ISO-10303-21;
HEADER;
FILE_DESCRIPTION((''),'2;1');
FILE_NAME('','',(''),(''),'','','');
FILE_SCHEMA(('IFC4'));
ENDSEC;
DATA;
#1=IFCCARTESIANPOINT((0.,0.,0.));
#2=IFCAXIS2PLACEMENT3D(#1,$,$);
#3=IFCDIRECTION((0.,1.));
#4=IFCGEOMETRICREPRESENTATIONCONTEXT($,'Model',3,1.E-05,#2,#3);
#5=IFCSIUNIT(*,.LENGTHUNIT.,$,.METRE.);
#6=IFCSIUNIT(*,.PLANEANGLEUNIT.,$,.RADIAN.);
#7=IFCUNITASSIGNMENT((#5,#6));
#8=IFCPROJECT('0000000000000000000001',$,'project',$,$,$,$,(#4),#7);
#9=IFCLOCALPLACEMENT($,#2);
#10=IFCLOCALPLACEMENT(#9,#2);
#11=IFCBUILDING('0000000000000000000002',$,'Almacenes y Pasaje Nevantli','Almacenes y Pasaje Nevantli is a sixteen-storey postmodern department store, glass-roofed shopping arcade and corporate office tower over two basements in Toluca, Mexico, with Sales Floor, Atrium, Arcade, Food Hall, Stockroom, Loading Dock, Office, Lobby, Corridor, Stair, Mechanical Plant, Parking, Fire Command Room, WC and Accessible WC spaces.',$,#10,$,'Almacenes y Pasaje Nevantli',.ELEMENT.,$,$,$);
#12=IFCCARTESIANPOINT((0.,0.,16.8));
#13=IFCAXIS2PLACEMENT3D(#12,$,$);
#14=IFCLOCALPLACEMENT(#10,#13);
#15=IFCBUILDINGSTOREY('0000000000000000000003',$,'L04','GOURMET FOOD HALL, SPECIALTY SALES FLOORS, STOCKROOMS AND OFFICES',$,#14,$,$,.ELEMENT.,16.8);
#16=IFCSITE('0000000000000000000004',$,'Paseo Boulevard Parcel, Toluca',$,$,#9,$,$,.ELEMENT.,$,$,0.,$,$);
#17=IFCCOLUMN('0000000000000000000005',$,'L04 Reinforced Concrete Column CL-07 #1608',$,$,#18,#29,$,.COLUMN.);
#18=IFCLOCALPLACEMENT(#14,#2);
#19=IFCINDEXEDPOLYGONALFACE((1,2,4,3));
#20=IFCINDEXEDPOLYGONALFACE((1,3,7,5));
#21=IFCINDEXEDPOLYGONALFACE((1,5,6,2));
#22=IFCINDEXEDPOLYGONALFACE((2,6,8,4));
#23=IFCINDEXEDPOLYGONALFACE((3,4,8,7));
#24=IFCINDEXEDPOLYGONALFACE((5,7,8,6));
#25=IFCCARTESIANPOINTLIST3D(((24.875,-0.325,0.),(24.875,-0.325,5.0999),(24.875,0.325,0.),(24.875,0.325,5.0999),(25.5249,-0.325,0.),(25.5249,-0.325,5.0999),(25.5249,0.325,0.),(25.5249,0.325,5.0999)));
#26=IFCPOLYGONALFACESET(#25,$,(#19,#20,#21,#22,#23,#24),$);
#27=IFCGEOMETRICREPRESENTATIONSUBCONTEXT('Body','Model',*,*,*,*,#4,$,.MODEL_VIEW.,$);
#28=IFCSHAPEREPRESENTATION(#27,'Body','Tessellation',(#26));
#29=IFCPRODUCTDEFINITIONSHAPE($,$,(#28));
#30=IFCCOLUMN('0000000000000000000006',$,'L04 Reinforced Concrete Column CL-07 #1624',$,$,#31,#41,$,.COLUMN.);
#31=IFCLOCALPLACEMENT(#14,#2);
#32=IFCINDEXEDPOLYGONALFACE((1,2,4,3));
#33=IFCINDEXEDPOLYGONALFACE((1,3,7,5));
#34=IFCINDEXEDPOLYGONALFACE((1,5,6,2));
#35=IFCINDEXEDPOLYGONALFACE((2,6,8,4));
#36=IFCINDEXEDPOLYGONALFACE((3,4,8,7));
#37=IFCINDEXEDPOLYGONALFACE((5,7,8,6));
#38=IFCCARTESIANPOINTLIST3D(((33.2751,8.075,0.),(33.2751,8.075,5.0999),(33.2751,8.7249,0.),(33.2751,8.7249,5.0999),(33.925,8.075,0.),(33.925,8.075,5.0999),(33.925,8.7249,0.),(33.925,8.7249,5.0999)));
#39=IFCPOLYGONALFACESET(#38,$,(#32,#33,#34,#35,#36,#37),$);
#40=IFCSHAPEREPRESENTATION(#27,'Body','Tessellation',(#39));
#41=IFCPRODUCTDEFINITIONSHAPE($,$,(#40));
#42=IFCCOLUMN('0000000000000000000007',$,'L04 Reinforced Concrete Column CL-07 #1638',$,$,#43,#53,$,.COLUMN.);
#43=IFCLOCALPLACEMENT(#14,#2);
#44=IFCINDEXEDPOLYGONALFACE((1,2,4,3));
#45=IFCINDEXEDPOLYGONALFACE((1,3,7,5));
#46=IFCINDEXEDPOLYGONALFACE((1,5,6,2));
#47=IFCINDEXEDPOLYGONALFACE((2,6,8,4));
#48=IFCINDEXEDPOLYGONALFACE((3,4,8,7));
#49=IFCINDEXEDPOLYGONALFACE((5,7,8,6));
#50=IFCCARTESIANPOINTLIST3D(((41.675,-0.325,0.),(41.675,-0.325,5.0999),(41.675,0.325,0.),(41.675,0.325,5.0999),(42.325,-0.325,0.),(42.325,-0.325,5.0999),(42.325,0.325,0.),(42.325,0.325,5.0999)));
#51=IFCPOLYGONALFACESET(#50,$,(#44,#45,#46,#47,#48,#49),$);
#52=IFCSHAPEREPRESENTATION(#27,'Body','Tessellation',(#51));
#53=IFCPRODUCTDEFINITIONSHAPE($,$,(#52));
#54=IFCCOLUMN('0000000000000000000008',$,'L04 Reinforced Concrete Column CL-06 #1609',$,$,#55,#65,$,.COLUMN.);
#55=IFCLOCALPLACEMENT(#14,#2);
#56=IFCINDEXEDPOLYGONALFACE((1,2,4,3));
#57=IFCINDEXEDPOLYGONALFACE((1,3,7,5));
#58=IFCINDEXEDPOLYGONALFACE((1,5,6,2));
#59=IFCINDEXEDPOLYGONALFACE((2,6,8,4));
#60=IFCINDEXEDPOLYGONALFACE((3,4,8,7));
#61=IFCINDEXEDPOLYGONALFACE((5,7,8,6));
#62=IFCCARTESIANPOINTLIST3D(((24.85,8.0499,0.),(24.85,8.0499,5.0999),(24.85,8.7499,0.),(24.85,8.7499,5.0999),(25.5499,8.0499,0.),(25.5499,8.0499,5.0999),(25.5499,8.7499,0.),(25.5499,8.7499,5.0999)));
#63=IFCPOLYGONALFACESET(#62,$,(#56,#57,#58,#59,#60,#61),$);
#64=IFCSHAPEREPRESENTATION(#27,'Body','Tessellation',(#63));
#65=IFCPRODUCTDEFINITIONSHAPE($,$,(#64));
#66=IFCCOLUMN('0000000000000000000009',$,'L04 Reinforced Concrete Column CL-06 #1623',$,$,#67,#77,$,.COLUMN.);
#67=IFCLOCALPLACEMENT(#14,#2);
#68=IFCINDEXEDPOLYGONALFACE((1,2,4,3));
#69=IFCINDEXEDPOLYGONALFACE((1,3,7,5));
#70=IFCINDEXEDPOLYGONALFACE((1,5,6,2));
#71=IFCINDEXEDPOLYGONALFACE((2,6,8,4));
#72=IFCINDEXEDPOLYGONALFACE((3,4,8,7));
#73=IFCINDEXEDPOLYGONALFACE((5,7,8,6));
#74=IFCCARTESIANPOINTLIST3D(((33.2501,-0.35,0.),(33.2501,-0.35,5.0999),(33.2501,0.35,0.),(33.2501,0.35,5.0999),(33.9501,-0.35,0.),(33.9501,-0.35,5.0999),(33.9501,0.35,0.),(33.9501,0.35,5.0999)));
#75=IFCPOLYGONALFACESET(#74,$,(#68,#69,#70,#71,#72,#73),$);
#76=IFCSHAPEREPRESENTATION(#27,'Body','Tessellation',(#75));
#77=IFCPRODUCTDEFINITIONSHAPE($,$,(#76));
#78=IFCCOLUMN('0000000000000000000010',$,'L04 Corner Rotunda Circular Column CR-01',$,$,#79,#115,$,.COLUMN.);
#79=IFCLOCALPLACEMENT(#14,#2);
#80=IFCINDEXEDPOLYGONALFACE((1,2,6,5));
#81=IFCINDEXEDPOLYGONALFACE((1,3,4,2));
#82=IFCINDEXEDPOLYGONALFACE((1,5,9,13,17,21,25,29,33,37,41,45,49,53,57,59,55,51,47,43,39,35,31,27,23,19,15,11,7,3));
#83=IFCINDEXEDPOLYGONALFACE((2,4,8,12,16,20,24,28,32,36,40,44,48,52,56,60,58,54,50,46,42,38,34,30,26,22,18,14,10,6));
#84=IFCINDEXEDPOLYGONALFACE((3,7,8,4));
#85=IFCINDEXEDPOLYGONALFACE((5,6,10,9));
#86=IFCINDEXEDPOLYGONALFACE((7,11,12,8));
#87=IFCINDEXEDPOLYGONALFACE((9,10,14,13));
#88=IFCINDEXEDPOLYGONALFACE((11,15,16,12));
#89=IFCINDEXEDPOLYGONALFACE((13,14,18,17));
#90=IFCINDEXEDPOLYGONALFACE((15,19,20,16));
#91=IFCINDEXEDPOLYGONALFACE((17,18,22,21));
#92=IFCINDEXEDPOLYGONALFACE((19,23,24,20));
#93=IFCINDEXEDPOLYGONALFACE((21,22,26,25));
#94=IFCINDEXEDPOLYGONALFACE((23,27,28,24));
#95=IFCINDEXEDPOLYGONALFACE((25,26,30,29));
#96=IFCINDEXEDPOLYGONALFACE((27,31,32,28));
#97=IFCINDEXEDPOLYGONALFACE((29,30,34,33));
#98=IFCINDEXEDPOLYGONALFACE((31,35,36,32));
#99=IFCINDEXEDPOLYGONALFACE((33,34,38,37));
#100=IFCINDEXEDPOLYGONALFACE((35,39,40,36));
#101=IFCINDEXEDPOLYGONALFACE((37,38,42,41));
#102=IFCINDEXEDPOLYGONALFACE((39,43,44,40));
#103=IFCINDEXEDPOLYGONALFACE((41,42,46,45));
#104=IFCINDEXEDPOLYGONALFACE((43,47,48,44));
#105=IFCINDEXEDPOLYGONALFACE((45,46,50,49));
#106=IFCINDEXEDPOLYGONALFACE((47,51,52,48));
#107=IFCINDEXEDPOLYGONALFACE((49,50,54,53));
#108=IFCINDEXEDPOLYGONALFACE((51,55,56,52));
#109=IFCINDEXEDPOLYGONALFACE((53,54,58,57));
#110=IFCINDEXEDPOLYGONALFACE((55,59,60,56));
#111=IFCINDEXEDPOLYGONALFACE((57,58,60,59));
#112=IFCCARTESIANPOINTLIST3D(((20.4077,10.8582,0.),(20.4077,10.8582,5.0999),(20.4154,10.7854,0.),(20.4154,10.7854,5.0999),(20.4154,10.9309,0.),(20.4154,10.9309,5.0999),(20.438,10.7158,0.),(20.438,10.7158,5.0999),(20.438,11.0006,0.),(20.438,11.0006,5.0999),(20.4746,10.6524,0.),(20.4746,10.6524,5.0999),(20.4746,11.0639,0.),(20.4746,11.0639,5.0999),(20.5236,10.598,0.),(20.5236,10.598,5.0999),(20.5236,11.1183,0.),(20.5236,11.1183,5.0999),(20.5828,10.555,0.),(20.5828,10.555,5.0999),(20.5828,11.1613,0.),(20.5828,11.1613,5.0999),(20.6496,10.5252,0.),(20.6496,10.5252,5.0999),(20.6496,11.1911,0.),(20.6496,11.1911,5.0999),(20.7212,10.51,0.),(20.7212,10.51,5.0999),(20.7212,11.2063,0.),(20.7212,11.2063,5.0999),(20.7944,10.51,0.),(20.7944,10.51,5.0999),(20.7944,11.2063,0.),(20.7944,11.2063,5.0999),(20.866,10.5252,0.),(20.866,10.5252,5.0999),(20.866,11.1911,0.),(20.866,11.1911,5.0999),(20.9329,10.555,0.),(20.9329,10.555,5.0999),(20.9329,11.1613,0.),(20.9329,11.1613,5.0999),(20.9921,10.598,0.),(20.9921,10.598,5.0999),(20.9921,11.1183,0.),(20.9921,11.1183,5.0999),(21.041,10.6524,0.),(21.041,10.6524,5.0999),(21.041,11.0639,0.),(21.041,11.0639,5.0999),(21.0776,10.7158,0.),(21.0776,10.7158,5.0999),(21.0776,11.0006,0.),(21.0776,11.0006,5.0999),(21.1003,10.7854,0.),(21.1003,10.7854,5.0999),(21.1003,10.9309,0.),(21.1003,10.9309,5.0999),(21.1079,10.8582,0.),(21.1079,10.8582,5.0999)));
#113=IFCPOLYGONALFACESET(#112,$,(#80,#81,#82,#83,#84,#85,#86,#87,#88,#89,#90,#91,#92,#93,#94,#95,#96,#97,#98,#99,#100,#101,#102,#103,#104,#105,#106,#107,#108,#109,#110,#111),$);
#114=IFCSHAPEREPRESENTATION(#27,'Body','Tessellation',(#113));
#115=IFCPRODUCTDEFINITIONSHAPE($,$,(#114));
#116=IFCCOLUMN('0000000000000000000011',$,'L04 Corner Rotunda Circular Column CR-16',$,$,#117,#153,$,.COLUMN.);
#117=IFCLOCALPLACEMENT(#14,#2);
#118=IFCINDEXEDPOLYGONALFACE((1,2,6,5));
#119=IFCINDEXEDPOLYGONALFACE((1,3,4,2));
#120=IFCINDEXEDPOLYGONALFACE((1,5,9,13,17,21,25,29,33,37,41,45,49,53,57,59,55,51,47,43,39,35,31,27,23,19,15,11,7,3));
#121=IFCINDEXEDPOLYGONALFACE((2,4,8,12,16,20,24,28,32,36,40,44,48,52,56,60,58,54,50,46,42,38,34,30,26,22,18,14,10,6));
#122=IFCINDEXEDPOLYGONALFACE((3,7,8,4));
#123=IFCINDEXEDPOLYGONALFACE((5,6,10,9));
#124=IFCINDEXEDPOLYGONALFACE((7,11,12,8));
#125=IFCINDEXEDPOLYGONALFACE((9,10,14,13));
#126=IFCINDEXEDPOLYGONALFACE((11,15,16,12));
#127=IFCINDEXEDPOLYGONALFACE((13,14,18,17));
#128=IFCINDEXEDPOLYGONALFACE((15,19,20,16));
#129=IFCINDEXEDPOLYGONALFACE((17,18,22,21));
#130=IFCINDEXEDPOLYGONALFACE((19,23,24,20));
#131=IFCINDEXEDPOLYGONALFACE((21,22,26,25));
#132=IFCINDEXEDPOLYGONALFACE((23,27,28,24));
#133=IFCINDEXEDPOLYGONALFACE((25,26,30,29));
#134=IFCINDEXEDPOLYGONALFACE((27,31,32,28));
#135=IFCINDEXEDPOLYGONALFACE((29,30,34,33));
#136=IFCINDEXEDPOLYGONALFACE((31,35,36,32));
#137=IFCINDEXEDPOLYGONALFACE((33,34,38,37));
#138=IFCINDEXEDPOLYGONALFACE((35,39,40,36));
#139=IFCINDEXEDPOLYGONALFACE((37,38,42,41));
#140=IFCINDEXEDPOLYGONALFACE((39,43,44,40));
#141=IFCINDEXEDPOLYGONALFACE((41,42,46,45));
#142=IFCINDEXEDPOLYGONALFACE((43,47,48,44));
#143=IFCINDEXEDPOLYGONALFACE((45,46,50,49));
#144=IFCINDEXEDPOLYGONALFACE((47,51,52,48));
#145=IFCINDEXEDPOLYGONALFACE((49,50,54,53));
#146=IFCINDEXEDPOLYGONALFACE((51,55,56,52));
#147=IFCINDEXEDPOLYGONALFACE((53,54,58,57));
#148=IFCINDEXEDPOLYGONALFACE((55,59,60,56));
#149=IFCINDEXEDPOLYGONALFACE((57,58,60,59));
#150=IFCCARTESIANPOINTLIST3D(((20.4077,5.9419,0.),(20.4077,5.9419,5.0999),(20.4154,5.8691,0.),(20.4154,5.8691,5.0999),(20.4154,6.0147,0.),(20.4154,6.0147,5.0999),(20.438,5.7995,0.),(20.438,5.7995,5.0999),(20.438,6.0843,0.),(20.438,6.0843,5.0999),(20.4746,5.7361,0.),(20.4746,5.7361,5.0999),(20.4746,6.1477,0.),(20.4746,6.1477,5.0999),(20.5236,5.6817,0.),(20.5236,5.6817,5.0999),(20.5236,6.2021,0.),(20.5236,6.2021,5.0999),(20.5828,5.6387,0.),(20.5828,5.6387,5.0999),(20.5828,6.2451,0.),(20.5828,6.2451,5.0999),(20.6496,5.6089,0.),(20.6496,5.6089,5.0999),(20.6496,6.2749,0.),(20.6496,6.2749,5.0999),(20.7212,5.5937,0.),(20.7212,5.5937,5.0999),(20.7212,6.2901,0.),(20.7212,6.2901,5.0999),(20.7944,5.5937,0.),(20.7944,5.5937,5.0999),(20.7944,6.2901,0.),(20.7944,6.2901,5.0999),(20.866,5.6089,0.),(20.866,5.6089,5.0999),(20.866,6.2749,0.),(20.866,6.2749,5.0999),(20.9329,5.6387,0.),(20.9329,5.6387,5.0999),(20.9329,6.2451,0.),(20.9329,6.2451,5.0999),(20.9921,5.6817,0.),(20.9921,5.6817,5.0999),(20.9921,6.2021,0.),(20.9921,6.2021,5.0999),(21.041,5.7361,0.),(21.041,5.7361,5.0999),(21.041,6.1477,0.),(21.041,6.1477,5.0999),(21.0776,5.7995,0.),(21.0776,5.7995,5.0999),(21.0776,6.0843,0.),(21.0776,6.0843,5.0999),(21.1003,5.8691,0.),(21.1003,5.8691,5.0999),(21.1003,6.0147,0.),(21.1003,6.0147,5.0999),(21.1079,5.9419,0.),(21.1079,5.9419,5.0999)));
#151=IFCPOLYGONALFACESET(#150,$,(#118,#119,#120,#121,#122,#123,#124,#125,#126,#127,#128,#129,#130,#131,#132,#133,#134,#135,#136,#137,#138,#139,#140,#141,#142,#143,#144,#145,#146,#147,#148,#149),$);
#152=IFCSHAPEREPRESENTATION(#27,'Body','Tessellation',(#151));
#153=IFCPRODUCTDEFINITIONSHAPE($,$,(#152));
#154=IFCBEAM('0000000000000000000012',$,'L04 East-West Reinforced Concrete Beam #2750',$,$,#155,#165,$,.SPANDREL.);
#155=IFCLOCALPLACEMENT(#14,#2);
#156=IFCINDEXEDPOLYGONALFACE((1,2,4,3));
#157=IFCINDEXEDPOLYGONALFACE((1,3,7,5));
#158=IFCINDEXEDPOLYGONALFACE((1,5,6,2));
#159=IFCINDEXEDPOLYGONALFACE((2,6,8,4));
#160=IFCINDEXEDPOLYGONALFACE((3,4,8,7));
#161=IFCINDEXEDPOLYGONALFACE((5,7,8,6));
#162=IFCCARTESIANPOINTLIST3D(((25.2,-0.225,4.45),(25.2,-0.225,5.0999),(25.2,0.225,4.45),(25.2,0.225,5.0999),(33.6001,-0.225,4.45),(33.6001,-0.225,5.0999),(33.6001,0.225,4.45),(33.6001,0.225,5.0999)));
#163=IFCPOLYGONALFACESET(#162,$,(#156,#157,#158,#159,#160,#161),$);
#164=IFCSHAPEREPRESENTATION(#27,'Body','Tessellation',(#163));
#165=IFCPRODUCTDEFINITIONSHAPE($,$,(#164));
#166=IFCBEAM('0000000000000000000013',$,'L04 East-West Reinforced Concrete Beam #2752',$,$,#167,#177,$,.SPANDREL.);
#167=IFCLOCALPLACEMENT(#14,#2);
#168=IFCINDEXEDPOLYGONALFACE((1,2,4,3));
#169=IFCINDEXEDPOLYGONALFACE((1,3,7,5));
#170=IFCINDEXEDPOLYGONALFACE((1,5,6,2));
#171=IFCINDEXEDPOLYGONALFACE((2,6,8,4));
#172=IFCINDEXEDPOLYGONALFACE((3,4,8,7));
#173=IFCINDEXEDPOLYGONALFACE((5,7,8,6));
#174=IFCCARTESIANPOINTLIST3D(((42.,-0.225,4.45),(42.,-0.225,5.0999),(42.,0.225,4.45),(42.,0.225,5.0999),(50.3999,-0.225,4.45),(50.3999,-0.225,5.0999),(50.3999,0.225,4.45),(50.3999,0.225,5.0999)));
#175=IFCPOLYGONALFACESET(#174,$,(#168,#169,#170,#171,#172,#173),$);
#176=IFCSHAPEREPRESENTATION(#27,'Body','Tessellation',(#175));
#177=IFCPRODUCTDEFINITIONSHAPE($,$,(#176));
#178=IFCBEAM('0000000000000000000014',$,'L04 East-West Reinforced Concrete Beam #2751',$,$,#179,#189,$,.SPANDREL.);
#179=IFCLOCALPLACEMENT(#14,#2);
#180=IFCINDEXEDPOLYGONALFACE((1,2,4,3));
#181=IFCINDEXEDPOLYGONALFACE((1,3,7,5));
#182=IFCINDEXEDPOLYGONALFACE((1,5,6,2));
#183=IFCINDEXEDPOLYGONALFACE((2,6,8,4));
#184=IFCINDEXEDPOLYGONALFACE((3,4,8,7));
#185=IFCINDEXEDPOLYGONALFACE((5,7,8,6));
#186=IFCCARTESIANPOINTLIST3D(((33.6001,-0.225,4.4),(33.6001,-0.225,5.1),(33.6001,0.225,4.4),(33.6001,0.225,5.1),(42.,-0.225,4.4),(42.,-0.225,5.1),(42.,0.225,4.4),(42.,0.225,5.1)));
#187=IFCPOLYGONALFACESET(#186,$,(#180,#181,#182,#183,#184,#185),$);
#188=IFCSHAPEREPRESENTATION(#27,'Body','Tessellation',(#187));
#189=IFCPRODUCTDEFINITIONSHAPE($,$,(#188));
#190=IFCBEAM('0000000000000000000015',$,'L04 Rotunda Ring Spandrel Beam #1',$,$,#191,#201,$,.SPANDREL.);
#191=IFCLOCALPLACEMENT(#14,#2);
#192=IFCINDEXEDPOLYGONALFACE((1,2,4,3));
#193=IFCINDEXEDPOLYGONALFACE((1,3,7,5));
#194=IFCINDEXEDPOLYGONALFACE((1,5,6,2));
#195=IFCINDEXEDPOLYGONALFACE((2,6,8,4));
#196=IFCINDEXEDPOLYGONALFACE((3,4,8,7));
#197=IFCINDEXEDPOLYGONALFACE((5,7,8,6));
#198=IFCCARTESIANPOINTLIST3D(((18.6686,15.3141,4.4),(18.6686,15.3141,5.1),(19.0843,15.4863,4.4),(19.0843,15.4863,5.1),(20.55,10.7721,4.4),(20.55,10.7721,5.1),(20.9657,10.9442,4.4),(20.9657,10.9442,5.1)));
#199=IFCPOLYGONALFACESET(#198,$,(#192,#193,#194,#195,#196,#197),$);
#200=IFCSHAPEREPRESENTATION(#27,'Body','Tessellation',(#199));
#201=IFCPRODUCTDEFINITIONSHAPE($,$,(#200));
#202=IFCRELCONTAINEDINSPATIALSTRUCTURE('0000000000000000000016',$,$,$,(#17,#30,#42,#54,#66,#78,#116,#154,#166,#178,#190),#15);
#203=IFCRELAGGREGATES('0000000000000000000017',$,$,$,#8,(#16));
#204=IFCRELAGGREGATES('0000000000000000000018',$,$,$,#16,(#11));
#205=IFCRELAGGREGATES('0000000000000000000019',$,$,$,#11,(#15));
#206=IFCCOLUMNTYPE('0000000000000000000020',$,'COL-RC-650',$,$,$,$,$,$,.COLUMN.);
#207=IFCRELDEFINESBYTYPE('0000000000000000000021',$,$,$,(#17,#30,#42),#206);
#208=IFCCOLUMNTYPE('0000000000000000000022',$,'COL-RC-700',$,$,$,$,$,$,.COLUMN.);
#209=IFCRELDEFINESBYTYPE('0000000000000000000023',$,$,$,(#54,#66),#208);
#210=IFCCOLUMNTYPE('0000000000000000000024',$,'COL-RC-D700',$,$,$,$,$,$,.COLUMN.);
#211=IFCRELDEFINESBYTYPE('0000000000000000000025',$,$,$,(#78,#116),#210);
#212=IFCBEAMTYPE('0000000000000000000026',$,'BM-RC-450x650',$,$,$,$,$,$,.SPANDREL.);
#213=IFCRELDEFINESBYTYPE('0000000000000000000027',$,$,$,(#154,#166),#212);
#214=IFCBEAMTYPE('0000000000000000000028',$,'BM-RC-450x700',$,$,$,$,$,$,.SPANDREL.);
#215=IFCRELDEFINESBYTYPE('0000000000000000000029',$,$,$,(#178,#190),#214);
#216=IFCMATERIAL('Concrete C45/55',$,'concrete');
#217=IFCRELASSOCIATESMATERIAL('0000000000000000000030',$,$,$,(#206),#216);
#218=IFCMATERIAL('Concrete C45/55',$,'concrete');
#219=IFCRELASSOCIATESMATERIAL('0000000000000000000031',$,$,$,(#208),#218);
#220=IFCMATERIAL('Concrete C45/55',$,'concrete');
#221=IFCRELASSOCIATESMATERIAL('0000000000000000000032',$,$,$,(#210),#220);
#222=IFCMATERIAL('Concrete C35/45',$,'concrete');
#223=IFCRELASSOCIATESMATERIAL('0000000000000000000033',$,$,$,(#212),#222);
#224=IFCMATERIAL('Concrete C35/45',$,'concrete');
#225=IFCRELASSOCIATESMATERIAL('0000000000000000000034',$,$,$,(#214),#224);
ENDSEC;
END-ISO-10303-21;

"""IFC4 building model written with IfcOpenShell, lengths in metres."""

from ifc_helpers import new_model, si_unit, direction, frame, origin, origin_2d, place, context, subcontext, project, spatial, rectangle, circle, extrude, material, material_profile, profile_set, type_object, element, save


model = new_model("IFC4")

# Units and contexts
model_context = context("Model", 3, precision=1e-05, world=origin(), true_north=direction((0.0, 1.0)))
body_context = subcontext(model_context, "Body", "Model", "MODEL_VIEW")
ifc_project = project(units=[si_unit("LENGTHUNIT", "METRE"), si_unit("PLANEANGLEUNIT", "RADIAN")], contexts=[model_context])

# Site, building, storey
site_placement = place(None, origin())
site = spatial("IfcSite", under=ifc_project, at=site_placement, Name="Paseo Boulevard Parcel, Toluca", CompositionType="ELEMENT", RefElevation=0.0)
building_placement = place(site_placement, origin())
building = spatial("IfcBuilding", under=site, at=building_placement, Name="Almacenes y Pasaje Nevantli", Description="Almacenes y Pasaje Nevantli is a sixteen-storey postmodern department store, glass-roofed shopping arcade and corporate office tower over two basements in Toluca, Mexico, with Sales Floor, Atrium, Arcade, Food Hall, Stockroom, Loading Dock, Office, Lobby, Corridor, Stair, Mechanical Plant, Parking, Fire Command Room, WC and Accessible WC spaces.", LongName="Almacenes y Pasaje Nevantli", CompositionType="ELEMENT")
storey_placement = place(building_placement, frame((0.0, 0.0, 16.8)))
storey = spatial("IfcBuildingStorey", under=building, at=storey_placement, Name="L04", Description="GOURMET FOOD HALL, SPECIALTY SALES FLOORS, STOCKROOMS AND OFFICES", CompositionType="ELEMENT", Elevation=16.8)

# Columns
ifc_material_1 = material(Name="Concrete C45/55", Category="concrete")
ifc_material_profile_1 = material_profile(ifc_material_1, rectangle(XDim=0.6499, YDim=0.6499, at=origin_2d()), Name="RC-COL-650x650")
ifc_profile_set_1 = profile_set([ifc_material_profile_1], Name="Concrete C45/55")
column_type_1 = type_object("IfcColumnType", Name="COL-RC-650", PredefinedType="COLUMN", material=ifc_profile_set_1)
for number, where, z_axis, x_axis, name in (
    (1, (25.2, 0.0, 0.0), (0.0, 0.0, 1.0), (1.0, 0.0, 0.0), "L04 Reinforced Concrete Column CL-07 #1608"),
    (2, (33.6001, 8.3999, 0.0), (0.0, 0.0, 1.0), (1.0, 0.0, 0.0), "L04 Reinforced Concrete Column CL-07 #1624"),
    (3, (42.0, 0.0, 0.0), (0.0, 0.0, 1.0), (1.0, 0.0, 0.0), "L04 Reinforced Concrete Column CL-07 #1638"),
):
    element("IfcColumn", number, at=place(storey_placement, frame(where, z_axis=z_axis, x_axis=x_axis)), inside=storey, type_object=column_type_1, Name=name, PredefinedType="COLUMN", context=body_context, shape_type="SweptSolid", body=[
        extrude(rectangle(XDim=0.6499, YDim=0.6499, at=origin_2d()), origin(), (0.0, 0.0, 1.0), 5.0999),
    ])
ifc_material_2 = material(Name="Concrete C45/55", Category="concrete")
ifc_material_profile_2 = material_profile(ifc_material_2, rectangle(XDim=0.7, YDim=0.7, at=origin_2d()), Name="RC-COL-700x700")
ifc_profile_set_2 = profile_set([ifc_material_profile_2], Name="Concrete C45/55")
column_type_2 = type_object("IfcColumnType", Name="COL-RC-700", PredefinedType="COLUMN", material=ifc_profile_set_2)
for number, where, z_axis, x_axis, name in (
    (4, (25.2, 8.3999, 0.0), (0.0, 0.0, 1.0), (1.0, 0.0, 0.0), "L04 Reinforced Concrete Column CL-06 #1609"),
    (5, (33.6001, 0.0, 0.0), (0.0, 0.0, 1.0), (1.0, 0.0, 0.0), "L04 Reinforced Concrete Column CL-06 #1623"),
):
    element("IfcColumn", number, at=place(storey_placement, frame(where, z_axis=z_axis, x_axis=x_axis)), inside=storey, type_object=column_type_2, Name=name, PredefinedType="COLUMN", context=body_context, shape_type="SweptSolid", body=[
        extrude(rectangle(XDim=0.7, YDim=0.7, at=origin_2d()), origin(), (0.0, 0.0, 1.0), 5.0999),
    ])
ifc_material_3 = material(Name="Concrete C45/55", Category="concrete")
ifc_material_profile_3 = material_profile(ifc_material_3, circle(Radius=0.3501, at=origin_2d()), Name="RC-COL-D700")
ifc_profile_set_3 = profile_set([ifc_material_profile_3], Name="Concrete C45/55")
column_type_3 = type_object("IfcColumnType", Name="COL-RC-D700", PredefinedType="COLUMN", material=ifc_profile_set_3)
for number, where, z_axis, x_axis, name in (
    (6, (20.7578, 10.8582, 0.0), (0.0, 0.0, 1.0), (1.0, 0.0, 0.0), "L04 Corner Rotunda Circular Column CR-01"),
    (7, (20.7578, 5.9419, 0.0), (0.0, 0.0, 1.0), (1.0, 0.0, 0.0), "L04 Corner Rotunda Circular Column CR-16"),
):
    element("IfcColumn", number, at=place(storey_placement, frame(where, z_axis=z_axis, x_axis=x_axis)), inside=storey, type_object=column_type_3, Name=name, PredefinedType="COLUMN", context=body_context, shape_type="SweptSolid", body=[
        extrude(circle(Radius=0.3501, at=origin_2d()), origin(), (0.0, 0.0, 1.0), 5.0999),
    ])

# Beams
ifc_material_4 = material(Name="Concrete C35/45", Category="concrete")
ifc_material_profile_4 = material_profile(ifc_material_4, rectangle(XDim=0.45, YDim=0.6499, at=origin_2d()), Name="RC-BM-450x650")
ifc_profile_set_4 = profile_set([ifc_material_profile_4], Name="Concrete C35/45")
beam_type_1 = type_object("IfcBeamType", Name="BM-RC-450x650", PredefinedType="SPANDREL", material=ifc_profile_set_4)
beam_1_placement = place(storey_placement, frame((25.2, 0.0, 4.7749), z_axis=(1.0, 0.0, 0.0), x_axis=(0.0, 1.0, 0.0)))
element("IfcBeam", 8, at=beam_1_placement, inside=storey, type_object=beam_type_1, Name="L04 East-West Reinforced Concrete Beam #2750", PredefinedType="SPANDREL", context=body_context, shape_type="SweptSolid", body=[
    extrude(rectangle(XDim=0.45, YDim=0.6499, at=origin_2d()), origin(), (0.0, 0.0, 1.0), 8.4001),
])
beam_2_placement = place(storey_placement, frame((42.0, 0.0, 4.7749), z_axis=(1.0, 0.0, 0.0), x_axis=(0.0, 1.0, 0.0)))
element("IfcBeam", 9, at=beam_2_placement, inside=storey, type_object=beam_type_1, Name="L04 East-West Reinforced Concrete Beam #2752", PredefinedType="SPANDREL", context=body_context, shape_type="SweptSolid", body=[
    extrude(rectangle(XDim=0.45, YDim=0.6499, at=origin_2d()), origin(), (0.0, 0.0, 1.0), 8.3999),
])
ifc_material_5 = material(Name="Concrete C35/45", Category="concrete")
ifc_material_profile_5 = material_profile(ifc_material_5, rectangle(XDim=0.45, YDim=0.7, at=origin_2d()), Name="RC-BM-450x700")
ifc_profile_set_5 = profile_set([ifc_material_profile_5], Name="Concrete C35/45")
beam_type_2 = type_object("IfcBeamType", Name="BM-RC-450x700", PredefinedType="SPANDREL", material=ifc_profile_set_5)
beam_3_placement = place(storey_placement, frame((33.6001, 0.0, 4.75), z_axis=(1.0, 0.0, 0.0), x_axis=(0.0, 1.0, 0.0)))
element("IfcBeam", 10, at=beam_3_placement, inside=storey, type_object=beam_type_2, Name="L04 East-West Reinforced Concrete Beam #2751", PredefinedType="SPANDREL", context=body_context, shape_type="SweptSolid", body=[
    extrude(rectangle(XDim=0.45, YDim=0.7, at=origin_2d()), origin(), (0.0, 0.0, 1.0), 8.3999),
])
for number, where, z_axis, x_axis, name in (
    (11, (20.7578, 10.8582, 4.75), (-0.382682, 0.92388, 0.0), (-0.92388, -0.382682, 0.0), "L04 Rotunda Ring Spandrel Beam #1"),
):
    element("IfcBeam", number, at=place(storey_placement, frame(where, z_axis=z_axis, x_axis=x_axis)), inside=storey, type_object=beam_type_2, Name=name, PredefinedType="SPANDREL", context=body_context, shape_type="SweptSolid", body=[
        extrude(rectangle(XDim=0.45, YDim=0.7, at=origin_2d()), origin(), (0.0, 0.0, 1.0), 4.9163),
    ])

save(model, "model.ifc")
